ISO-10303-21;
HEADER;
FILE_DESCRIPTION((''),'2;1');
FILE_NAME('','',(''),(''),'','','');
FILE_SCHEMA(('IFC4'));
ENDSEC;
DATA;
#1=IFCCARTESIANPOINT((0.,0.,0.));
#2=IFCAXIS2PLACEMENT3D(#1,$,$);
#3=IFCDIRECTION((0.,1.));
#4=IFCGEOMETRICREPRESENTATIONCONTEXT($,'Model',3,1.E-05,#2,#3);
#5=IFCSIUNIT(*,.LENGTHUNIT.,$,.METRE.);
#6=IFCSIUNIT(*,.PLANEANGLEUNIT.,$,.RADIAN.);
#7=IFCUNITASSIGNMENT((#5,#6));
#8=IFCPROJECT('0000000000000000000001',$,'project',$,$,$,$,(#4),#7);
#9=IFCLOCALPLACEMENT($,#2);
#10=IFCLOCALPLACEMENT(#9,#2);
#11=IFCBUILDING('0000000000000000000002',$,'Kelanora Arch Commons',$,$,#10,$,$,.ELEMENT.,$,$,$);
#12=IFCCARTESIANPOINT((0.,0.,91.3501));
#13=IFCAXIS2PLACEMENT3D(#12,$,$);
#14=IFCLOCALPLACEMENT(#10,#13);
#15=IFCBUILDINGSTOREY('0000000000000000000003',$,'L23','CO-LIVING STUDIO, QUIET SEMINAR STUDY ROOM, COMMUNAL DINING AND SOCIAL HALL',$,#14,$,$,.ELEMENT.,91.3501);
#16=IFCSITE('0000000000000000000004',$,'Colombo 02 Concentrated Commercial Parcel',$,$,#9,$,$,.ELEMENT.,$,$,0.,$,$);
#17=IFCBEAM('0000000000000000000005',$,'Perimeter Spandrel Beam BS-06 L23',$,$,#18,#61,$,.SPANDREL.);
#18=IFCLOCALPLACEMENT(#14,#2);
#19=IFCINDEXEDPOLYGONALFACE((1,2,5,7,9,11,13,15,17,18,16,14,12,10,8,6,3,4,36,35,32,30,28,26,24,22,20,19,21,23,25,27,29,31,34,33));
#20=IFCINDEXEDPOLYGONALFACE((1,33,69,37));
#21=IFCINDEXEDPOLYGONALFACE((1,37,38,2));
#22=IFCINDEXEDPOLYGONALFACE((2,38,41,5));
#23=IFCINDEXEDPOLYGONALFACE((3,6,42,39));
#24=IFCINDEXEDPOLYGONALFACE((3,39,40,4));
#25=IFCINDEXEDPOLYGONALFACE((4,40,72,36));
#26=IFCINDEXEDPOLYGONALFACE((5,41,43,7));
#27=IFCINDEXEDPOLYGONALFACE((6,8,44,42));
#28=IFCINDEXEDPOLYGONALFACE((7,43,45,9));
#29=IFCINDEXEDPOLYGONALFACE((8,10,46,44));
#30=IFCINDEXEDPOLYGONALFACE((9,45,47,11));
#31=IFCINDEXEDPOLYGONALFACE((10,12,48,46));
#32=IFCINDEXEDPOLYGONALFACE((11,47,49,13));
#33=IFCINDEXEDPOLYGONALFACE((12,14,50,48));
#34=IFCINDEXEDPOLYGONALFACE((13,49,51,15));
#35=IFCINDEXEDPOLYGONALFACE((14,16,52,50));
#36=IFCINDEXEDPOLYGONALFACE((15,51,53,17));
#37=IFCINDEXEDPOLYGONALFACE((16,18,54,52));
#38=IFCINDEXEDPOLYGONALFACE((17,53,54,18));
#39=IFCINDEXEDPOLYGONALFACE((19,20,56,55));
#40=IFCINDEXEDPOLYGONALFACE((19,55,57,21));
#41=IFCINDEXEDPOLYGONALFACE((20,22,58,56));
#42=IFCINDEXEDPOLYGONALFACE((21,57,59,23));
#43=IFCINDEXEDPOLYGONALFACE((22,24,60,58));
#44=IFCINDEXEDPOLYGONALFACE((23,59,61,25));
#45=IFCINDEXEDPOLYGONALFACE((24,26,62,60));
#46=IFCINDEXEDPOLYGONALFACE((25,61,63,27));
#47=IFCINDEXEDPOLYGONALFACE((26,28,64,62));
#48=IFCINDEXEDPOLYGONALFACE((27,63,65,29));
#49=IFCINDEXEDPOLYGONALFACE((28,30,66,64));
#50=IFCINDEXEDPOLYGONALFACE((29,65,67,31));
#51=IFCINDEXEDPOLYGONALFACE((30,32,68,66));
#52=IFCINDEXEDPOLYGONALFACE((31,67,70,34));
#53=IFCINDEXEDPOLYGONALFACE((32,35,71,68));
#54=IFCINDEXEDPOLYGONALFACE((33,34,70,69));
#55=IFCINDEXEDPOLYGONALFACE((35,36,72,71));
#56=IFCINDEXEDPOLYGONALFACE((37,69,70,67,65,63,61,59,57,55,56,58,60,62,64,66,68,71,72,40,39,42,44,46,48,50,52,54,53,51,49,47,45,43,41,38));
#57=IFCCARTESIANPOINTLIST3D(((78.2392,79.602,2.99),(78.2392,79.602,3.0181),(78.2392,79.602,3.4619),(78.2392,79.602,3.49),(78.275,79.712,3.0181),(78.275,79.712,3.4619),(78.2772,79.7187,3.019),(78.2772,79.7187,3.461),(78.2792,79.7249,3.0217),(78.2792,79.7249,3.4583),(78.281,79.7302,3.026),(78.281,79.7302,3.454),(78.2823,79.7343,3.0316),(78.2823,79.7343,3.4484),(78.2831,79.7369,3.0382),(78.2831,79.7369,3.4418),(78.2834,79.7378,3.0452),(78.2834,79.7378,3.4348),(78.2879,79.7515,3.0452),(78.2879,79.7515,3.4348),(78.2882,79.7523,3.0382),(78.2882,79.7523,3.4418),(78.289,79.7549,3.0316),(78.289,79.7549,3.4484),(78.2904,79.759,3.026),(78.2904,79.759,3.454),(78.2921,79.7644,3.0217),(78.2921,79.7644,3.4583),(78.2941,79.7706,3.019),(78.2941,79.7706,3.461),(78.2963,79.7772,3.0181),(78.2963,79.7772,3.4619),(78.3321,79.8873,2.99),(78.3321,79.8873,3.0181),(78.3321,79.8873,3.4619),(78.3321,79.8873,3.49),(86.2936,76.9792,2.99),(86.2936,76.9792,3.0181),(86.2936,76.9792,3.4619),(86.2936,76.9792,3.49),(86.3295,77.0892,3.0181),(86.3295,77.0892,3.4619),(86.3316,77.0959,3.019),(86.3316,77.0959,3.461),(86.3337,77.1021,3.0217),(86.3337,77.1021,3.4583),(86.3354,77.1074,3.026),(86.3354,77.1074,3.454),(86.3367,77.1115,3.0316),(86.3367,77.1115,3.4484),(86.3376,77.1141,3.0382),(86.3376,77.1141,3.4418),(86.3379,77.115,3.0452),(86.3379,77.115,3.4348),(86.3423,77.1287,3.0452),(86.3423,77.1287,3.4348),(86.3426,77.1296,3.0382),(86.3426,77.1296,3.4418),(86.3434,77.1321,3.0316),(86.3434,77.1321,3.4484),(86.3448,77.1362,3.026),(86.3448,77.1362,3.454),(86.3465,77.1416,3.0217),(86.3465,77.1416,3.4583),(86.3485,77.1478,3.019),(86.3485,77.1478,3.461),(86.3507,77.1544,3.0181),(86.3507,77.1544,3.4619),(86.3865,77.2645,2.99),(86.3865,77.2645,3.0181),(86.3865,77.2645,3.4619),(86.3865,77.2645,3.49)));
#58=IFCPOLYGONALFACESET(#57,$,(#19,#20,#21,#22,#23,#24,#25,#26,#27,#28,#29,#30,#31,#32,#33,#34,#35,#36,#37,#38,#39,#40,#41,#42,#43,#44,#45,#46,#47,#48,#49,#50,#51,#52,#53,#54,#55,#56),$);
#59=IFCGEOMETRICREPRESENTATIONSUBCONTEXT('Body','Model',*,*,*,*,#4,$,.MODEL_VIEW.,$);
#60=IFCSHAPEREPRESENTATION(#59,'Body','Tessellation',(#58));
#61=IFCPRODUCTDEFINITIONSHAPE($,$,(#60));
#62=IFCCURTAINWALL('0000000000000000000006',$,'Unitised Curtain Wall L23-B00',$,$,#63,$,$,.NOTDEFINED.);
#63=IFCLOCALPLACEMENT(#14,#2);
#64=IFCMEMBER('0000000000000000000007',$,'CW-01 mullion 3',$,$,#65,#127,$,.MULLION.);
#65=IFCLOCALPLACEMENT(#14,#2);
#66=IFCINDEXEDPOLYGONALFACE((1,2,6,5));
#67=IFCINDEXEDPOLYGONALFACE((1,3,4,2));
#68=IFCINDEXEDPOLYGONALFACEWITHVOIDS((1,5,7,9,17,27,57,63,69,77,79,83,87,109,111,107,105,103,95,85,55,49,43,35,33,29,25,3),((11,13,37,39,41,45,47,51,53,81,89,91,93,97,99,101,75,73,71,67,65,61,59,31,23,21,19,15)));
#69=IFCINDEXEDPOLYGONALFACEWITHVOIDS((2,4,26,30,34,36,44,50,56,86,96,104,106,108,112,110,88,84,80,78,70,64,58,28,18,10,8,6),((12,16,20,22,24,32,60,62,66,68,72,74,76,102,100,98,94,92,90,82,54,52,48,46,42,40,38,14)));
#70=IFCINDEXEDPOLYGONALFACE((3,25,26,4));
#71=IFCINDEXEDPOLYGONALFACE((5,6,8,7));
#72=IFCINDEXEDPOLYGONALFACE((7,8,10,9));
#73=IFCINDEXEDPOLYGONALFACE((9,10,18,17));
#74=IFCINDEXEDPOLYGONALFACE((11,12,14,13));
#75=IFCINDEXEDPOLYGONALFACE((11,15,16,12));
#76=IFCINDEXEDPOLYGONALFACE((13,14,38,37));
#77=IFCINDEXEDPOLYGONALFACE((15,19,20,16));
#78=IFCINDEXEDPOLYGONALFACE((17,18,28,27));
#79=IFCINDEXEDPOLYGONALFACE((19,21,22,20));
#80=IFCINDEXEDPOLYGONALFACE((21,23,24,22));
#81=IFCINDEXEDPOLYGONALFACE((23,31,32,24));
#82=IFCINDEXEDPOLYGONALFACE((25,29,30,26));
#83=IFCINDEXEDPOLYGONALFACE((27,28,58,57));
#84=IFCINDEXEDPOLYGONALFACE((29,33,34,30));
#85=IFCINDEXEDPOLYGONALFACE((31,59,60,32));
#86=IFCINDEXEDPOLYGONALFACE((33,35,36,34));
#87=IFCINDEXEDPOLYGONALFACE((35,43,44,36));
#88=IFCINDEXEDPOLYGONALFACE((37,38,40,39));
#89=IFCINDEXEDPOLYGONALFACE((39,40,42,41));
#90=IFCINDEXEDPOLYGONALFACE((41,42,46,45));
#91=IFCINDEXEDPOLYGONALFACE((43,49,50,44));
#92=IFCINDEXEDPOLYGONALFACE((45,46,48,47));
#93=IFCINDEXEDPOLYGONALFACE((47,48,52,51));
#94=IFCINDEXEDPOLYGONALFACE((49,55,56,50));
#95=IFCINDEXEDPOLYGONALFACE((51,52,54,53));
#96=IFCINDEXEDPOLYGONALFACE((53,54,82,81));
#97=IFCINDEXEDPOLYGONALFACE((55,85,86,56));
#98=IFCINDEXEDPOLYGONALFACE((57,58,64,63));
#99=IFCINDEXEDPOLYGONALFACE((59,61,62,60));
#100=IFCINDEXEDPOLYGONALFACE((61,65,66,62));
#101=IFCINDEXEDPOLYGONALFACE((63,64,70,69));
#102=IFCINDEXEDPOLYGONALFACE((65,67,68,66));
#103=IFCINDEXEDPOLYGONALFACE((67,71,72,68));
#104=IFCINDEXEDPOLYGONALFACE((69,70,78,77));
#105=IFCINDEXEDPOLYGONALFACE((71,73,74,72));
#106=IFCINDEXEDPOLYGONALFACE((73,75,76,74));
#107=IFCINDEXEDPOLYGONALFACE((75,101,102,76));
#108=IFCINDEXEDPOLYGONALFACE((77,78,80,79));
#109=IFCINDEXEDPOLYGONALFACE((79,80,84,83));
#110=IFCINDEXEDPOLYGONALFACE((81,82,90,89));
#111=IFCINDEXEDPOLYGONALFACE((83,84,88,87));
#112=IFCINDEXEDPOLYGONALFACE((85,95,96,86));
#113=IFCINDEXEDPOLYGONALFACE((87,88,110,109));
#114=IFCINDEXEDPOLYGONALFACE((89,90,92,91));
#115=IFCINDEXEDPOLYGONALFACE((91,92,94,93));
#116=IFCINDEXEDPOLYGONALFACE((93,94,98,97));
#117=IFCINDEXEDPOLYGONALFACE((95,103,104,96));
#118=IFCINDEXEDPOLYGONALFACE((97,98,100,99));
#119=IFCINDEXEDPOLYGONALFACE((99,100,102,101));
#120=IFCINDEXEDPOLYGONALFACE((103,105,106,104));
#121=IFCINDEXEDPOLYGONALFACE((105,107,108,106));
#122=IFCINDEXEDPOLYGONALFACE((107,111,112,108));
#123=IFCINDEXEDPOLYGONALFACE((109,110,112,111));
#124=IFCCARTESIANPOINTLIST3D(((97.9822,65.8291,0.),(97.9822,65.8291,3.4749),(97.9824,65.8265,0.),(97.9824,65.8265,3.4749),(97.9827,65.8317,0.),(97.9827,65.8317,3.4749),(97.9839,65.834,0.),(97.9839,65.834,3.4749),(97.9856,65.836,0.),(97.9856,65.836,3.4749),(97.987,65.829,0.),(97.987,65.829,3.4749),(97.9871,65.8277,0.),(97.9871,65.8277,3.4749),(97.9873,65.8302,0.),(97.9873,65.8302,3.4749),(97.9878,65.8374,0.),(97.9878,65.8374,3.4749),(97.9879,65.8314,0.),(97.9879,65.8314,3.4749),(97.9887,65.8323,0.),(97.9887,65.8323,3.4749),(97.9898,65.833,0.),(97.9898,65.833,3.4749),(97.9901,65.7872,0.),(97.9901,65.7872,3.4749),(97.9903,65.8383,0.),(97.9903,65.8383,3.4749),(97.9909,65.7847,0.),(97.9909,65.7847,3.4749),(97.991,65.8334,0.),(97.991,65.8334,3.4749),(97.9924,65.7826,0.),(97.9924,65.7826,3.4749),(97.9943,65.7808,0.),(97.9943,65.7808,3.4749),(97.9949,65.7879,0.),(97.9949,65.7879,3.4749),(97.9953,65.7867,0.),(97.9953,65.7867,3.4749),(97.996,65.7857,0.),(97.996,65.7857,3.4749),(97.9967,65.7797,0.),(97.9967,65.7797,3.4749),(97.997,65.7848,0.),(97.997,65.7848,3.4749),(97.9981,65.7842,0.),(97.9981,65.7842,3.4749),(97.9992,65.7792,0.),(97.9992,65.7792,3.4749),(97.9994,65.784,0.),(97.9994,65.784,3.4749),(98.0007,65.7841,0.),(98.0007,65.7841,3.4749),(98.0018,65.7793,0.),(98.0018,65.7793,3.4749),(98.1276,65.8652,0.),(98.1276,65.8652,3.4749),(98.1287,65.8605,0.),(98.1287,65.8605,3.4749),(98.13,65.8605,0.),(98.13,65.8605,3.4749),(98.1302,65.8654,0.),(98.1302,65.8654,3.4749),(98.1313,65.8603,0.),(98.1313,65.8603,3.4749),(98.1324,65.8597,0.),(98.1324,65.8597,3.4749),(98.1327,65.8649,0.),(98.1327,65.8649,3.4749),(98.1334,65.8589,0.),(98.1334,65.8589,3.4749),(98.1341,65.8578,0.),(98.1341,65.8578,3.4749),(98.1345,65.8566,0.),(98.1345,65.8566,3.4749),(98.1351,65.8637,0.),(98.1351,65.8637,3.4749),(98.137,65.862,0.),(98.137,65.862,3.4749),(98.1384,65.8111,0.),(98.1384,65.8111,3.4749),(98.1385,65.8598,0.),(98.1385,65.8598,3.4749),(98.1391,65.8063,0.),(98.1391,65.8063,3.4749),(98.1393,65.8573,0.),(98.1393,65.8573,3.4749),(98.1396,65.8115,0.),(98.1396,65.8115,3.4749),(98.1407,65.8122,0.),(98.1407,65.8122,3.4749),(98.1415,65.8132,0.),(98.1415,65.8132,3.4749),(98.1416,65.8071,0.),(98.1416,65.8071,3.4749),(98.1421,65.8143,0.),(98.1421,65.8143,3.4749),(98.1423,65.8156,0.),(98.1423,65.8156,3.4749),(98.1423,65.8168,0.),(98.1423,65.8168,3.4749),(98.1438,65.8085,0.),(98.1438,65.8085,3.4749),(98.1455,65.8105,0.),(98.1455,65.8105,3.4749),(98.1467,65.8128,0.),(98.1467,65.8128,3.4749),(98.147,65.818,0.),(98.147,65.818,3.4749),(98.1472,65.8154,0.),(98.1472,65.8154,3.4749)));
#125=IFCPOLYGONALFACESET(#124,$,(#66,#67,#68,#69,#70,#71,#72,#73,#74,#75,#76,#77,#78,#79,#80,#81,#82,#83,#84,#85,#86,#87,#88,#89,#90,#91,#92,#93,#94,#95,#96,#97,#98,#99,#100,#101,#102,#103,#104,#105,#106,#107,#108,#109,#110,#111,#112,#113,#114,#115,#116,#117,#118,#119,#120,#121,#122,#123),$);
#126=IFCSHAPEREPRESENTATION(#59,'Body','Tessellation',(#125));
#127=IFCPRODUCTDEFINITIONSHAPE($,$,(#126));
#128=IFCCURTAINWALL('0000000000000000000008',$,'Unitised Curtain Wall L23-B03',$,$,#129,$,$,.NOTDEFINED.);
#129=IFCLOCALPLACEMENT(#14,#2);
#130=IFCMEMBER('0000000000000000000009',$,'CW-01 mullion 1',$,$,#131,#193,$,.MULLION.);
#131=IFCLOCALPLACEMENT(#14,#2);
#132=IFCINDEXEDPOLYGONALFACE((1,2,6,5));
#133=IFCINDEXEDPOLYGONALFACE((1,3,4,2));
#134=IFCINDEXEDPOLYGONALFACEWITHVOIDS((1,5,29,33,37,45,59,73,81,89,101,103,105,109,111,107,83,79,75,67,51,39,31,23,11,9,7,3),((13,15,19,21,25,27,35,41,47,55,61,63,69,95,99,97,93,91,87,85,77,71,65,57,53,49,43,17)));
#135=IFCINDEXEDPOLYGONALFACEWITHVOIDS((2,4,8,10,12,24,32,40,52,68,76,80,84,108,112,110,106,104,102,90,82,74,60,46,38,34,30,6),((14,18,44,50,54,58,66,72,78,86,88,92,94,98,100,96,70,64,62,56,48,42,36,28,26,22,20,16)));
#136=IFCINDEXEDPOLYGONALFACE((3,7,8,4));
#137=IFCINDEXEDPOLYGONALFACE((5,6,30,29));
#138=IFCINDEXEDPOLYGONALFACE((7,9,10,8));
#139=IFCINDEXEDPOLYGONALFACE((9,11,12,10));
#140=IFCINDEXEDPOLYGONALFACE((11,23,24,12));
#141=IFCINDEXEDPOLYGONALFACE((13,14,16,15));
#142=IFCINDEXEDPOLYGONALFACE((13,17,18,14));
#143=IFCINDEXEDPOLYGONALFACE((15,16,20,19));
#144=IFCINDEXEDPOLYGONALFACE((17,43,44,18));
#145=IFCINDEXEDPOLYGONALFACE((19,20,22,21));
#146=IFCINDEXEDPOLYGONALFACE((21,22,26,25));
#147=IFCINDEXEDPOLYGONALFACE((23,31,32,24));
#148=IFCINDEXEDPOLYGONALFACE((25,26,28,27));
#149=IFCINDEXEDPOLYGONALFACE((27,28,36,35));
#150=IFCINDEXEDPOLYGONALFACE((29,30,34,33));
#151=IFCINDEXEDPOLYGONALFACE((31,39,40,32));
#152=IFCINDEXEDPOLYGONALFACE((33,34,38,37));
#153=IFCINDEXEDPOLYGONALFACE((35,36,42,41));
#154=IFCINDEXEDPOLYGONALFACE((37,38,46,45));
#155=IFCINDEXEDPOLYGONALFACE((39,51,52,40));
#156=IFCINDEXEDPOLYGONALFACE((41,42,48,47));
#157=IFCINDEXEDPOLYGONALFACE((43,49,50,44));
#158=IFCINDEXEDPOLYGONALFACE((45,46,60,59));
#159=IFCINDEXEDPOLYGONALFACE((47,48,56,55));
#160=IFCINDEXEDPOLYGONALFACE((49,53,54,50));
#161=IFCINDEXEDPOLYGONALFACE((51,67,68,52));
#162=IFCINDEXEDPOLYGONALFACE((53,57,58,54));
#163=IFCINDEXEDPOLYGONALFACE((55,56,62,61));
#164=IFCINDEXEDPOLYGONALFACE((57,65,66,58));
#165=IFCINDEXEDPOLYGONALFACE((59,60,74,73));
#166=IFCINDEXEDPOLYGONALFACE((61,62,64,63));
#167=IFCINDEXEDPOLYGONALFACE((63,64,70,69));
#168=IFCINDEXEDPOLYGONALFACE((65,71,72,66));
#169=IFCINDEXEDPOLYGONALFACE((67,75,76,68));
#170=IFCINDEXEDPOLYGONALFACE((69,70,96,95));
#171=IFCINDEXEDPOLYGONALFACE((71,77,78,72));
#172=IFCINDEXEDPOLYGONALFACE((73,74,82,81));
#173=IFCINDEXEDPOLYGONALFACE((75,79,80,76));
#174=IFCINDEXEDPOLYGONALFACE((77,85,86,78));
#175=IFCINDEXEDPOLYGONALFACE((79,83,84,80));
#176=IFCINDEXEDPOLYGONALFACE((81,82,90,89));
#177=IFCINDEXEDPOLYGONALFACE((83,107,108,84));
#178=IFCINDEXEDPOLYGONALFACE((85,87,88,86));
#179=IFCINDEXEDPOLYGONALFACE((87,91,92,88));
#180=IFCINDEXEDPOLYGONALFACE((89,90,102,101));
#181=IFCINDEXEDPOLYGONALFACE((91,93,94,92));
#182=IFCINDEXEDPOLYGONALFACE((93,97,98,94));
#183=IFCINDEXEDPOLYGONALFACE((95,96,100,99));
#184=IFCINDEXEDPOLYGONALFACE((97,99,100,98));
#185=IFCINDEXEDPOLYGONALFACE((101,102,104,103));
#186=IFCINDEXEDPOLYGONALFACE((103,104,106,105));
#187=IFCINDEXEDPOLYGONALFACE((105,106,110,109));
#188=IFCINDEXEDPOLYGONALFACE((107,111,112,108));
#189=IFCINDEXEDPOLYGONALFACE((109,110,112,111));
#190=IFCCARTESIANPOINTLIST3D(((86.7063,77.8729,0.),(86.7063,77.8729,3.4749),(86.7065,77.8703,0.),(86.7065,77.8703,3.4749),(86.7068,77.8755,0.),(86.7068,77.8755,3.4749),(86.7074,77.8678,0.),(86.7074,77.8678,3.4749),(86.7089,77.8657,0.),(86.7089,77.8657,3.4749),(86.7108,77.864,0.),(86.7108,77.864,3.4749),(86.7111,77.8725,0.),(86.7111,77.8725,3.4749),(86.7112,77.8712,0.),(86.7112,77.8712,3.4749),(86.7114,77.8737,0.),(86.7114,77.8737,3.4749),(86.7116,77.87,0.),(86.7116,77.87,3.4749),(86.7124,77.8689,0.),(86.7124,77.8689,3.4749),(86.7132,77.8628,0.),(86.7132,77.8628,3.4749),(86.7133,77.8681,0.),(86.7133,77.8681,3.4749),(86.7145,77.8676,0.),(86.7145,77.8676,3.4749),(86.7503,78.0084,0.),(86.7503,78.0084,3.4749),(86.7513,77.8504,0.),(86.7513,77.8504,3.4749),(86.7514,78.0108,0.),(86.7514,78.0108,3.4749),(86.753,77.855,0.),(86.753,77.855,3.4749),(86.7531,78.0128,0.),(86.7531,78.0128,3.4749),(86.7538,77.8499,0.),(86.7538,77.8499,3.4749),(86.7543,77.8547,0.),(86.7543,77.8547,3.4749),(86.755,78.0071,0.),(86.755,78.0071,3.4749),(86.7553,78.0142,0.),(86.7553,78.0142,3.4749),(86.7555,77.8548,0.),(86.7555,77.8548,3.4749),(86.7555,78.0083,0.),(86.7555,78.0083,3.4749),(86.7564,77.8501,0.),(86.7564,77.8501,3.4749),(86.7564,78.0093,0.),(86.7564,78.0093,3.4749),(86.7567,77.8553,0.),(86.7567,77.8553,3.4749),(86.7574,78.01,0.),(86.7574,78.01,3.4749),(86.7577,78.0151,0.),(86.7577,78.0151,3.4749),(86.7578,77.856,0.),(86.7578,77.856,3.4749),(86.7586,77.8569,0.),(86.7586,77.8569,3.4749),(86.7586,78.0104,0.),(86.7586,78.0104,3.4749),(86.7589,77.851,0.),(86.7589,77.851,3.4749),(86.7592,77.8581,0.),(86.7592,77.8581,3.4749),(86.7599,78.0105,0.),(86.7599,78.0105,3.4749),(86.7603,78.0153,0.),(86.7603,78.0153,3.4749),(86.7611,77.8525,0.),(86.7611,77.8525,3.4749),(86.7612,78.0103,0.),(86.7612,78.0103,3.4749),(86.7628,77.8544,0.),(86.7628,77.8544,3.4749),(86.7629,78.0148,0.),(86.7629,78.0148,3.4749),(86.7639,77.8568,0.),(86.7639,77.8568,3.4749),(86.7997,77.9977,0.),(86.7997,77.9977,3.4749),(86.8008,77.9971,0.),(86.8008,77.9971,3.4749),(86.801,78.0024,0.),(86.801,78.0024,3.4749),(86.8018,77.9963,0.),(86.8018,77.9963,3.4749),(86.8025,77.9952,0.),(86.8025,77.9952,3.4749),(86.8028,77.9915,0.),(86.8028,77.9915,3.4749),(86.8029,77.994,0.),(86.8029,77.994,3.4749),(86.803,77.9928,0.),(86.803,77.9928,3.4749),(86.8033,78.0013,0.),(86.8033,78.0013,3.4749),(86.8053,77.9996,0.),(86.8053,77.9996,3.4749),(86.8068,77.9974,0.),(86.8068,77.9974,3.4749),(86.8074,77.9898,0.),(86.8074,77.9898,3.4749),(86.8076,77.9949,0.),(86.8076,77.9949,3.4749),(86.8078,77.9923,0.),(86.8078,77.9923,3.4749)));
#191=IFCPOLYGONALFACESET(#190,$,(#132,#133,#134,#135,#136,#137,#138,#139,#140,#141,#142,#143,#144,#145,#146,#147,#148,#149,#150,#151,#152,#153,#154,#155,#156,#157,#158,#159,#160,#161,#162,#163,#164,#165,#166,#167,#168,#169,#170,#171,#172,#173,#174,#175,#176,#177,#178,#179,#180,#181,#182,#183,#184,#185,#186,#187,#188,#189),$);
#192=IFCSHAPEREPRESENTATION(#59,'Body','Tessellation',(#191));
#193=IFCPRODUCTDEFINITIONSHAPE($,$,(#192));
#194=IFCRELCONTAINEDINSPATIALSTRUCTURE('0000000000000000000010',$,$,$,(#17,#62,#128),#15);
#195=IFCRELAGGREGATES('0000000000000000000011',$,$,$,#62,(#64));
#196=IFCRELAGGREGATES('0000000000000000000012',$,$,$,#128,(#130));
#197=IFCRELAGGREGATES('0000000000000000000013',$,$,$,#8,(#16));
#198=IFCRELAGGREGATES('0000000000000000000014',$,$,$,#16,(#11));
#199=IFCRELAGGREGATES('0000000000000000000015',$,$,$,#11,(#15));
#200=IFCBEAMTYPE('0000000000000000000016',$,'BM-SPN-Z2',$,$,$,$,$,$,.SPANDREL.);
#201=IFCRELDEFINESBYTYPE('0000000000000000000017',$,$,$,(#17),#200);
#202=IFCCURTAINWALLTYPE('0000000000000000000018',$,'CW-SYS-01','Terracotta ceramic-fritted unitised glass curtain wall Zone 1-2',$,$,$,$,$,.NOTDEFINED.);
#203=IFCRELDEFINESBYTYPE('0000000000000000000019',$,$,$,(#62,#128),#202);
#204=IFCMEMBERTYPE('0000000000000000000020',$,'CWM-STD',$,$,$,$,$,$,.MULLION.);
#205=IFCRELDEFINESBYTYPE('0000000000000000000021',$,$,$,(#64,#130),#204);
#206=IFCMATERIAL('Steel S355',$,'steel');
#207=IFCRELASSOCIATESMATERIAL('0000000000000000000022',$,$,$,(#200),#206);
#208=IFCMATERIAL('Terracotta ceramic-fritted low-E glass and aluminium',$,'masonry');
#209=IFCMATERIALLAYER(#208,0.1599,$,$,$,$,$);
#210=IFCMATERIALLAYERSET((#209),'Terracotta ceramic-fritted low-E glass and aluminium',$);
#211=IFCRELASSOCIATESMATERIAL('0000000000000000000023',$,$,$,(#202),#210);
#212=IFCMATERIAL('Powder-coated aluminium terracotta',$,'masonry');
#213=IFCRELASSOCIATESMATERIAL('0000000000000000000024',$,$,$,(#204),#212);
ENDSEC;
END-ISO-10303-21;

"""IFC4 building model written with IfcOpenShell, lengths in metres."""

from ifc_helpers import new_model, si_unit, direction, frame, origin, origin_2d, place, context, subcontext, project, spatial, hollow_rectangle, i_section, extrude, material, layer, layer_set, material_profile, profile_set, type_object, element, aggregate, save


model = new_model("IFC4")

# Units and contexts
model_context = context("Model", 3, precision=1e-05, world=origin(), true_north=direction((0.0, 1.0)))
body_context = subcontext(model_context, "Body", "Model", "MODEL_VIEW")
ifc_project = project(units=[si_unit("LENGTHUNIT", "METRE"), si_unit("PLANEANGLEUNIT", "RADIAN")], contexts=[model_context])

# Site, building, storey
site_placement = place(None, origin())
site = spatial("IfcSite", under=ifc_project, at=site_placement, Name="Colombo 02 Concentrated Commercial Parcel", CompositionType="ELEMENT", RefElevation=0.0)
building_placement = place(site_placement, origin())
building = spatial("IfcBuilding", under=site, at=building_placement, Name="Kelanora Arch Commons", CompositionType="ELEMENT")
storey_placement = place(building_placement, frame((0.0, 0.0, 91.3501)))
storey = spatial("IfcBuildingStorey", under=building, at=storey_placement, Name="L23", Description="CO-LIVING STUDIO, QUIET SEMINAR STUDY ROOM, COMMUNAL DINING AND SOCIAL HALL", CompositionType="ELEMENT", Elevation=91.3501)

# Beam
ifc_material_1 = material(Name="Steel S355", Category="steel")
ifc_material_profile_1 = material_profile(ifc_material_1, i_section(OverallWidth=0.3, OverallDepth=0.5, WebThickness=0.0144, FlangeThickness=0.0281, FilletRadius=0.0271, at=origin_2d()), Name="HEB500")
ifc_profile_set_1 = profile_set([ifc_material_profile_1], Name="Steel S355")
beam_type_1 = type_object("IfcBeamType", Name="BM-SPN-Z2", PredefinedType="SPANDREL", material=ifc_profile_set_1)
beam_1_placement = place(storey_placement, frame((86.3401, 77.1218, 3.24), z_axis=(-0.950857, 0.309631, 0.0), x_axis=(-0.309631, -0.950857, 0.0)))
element("IfcBeam", 1, at=beam_1_placement, inside=storey, type_object=beam_type_1, Name="Perimeter Spandrel Beam BS-06 L23", PredefinedType="SPANDREL", context=body_context, shape_type="SweptSolid", body=[
    extrude(i_section(OverallWidth=0.3, OverallDepth=0.5, WebThickness=0.0144, FlangeThickness=0.0281, FilletRadius=0.0271, at=origin_2d()), origin(), (0.0, 0.0, 1.0), 8.4707),
])

# Curtain wall, member
ifc_material_2 = material(Name="Terracotta ceramic-fritted low-E glass and aluminium", Category="masonry")
ifc_layer_1 = layer(ifc_material_2, 0.1599)
ifc_layer_set_1 = layer_set([ifc_layer_1], Name="Terracotta ceramic-fritted low-E glass and aluminium")
curtain_wall_type = type_object("IfcCurtainWallType", Name="CW-SYS-01", Description="Terracotta ceramic-fritted unitised glass curtain wall Zone 1-2", PredefinedType="NOTDEFINED", material=ifc_layer_set_1)
curtain_wall_1_placement = place(storey_placement, origin())
curtain_wall_1 = element("IfcCurtainWall", 2, at=curtain_wall_1_placement, inside=storey, type_object=curtain_wall_type, Name="Unitised Curtain Wall L23-B00", PredefinedType="NOTDEFINED")
ifc_material_3 = material(Name="Powder-coated aluminium terracotta", Category="masonry")
ifc_material_profile_2 = material_profile(ifc_material_3, hollow_rectangle(XDim=0.1599, YDim=0.0601, WallThickness=0.0049, InnerFilletRadius=0.0049, OuterFilletRadius=0.01, at=origin_2d()), Name="CWM160x60")
ifc_profile_set_2 = profile_set([ifc_material_profile_2], Name="Powder-coated aluminium terracotta")
member_type_1 = type_object("IfcMemberType", Name="CWM-STD", PredefinedType="MULLION", material=ifc_profile_set_2)
member_1_placement = place(storey_placement, frame((98.0647, 65.8223, 0.0), z_axis=(0.0, 0.0, 1.0), x_axis=(-0.98128, -0.192585, 0.0)))
member_1 = element("IfcMember", 3, at=member_1_placement, type_object=member_type_1, Name="CW-01 mullion 3", PredefinedType="MULLION", context=body_context, shape_type="SweptSolid", body=[
    extrude(hollow_rectangle(XDim=0.1599, YDim=0.0601, WallThickness=0.0049, InnerFilletRadius=0.0049, OuterFilletRadius=0.01, at=origin_2d()), origin(), (0.0, 0.0, 1.0), 3.4749),
])
aggregate(curtain_wall_1, [member_1])

# Curtain wall, member
curtain_wall_2_placement = place(storey_placement, origin())
curtain_wall_2 = element("IfcCurtainWall", 4, at=curtain_wall_2_placement, inside=storey, type_object=curtain_wall_type, Name="Unitised Curtain Wall L23-B03", PredefinedType="NOTDEFINED")
member_2_placement = place(storey_placement, frame((86.7571, 77.9326, 0.0), z_axis=(0.0, 0.0, 1.0), x_axis=(-0.310805, -0.950474, 0.0)))
member_2 = element("IfcMember", 5, at=member_2_placement, type_object=member_type_1, Name="CW-01 mullion 1", PredefinedType="MULLION", context=body_context, shape_type="SweptSolid", body=[
    extrude(hollow_rectangle(XDim=0.1599, YDim=0.0601, WallThickness=0.0049, InnerFilletRadius=0.0049, OuterFilletRadius=0.01, at=origin_2d()), origin(), (0.0, 0.0, 1.0), 3.4749),
])
aggregate(curtain_wall_2, [member_2])

save(model, "model.ifc")
